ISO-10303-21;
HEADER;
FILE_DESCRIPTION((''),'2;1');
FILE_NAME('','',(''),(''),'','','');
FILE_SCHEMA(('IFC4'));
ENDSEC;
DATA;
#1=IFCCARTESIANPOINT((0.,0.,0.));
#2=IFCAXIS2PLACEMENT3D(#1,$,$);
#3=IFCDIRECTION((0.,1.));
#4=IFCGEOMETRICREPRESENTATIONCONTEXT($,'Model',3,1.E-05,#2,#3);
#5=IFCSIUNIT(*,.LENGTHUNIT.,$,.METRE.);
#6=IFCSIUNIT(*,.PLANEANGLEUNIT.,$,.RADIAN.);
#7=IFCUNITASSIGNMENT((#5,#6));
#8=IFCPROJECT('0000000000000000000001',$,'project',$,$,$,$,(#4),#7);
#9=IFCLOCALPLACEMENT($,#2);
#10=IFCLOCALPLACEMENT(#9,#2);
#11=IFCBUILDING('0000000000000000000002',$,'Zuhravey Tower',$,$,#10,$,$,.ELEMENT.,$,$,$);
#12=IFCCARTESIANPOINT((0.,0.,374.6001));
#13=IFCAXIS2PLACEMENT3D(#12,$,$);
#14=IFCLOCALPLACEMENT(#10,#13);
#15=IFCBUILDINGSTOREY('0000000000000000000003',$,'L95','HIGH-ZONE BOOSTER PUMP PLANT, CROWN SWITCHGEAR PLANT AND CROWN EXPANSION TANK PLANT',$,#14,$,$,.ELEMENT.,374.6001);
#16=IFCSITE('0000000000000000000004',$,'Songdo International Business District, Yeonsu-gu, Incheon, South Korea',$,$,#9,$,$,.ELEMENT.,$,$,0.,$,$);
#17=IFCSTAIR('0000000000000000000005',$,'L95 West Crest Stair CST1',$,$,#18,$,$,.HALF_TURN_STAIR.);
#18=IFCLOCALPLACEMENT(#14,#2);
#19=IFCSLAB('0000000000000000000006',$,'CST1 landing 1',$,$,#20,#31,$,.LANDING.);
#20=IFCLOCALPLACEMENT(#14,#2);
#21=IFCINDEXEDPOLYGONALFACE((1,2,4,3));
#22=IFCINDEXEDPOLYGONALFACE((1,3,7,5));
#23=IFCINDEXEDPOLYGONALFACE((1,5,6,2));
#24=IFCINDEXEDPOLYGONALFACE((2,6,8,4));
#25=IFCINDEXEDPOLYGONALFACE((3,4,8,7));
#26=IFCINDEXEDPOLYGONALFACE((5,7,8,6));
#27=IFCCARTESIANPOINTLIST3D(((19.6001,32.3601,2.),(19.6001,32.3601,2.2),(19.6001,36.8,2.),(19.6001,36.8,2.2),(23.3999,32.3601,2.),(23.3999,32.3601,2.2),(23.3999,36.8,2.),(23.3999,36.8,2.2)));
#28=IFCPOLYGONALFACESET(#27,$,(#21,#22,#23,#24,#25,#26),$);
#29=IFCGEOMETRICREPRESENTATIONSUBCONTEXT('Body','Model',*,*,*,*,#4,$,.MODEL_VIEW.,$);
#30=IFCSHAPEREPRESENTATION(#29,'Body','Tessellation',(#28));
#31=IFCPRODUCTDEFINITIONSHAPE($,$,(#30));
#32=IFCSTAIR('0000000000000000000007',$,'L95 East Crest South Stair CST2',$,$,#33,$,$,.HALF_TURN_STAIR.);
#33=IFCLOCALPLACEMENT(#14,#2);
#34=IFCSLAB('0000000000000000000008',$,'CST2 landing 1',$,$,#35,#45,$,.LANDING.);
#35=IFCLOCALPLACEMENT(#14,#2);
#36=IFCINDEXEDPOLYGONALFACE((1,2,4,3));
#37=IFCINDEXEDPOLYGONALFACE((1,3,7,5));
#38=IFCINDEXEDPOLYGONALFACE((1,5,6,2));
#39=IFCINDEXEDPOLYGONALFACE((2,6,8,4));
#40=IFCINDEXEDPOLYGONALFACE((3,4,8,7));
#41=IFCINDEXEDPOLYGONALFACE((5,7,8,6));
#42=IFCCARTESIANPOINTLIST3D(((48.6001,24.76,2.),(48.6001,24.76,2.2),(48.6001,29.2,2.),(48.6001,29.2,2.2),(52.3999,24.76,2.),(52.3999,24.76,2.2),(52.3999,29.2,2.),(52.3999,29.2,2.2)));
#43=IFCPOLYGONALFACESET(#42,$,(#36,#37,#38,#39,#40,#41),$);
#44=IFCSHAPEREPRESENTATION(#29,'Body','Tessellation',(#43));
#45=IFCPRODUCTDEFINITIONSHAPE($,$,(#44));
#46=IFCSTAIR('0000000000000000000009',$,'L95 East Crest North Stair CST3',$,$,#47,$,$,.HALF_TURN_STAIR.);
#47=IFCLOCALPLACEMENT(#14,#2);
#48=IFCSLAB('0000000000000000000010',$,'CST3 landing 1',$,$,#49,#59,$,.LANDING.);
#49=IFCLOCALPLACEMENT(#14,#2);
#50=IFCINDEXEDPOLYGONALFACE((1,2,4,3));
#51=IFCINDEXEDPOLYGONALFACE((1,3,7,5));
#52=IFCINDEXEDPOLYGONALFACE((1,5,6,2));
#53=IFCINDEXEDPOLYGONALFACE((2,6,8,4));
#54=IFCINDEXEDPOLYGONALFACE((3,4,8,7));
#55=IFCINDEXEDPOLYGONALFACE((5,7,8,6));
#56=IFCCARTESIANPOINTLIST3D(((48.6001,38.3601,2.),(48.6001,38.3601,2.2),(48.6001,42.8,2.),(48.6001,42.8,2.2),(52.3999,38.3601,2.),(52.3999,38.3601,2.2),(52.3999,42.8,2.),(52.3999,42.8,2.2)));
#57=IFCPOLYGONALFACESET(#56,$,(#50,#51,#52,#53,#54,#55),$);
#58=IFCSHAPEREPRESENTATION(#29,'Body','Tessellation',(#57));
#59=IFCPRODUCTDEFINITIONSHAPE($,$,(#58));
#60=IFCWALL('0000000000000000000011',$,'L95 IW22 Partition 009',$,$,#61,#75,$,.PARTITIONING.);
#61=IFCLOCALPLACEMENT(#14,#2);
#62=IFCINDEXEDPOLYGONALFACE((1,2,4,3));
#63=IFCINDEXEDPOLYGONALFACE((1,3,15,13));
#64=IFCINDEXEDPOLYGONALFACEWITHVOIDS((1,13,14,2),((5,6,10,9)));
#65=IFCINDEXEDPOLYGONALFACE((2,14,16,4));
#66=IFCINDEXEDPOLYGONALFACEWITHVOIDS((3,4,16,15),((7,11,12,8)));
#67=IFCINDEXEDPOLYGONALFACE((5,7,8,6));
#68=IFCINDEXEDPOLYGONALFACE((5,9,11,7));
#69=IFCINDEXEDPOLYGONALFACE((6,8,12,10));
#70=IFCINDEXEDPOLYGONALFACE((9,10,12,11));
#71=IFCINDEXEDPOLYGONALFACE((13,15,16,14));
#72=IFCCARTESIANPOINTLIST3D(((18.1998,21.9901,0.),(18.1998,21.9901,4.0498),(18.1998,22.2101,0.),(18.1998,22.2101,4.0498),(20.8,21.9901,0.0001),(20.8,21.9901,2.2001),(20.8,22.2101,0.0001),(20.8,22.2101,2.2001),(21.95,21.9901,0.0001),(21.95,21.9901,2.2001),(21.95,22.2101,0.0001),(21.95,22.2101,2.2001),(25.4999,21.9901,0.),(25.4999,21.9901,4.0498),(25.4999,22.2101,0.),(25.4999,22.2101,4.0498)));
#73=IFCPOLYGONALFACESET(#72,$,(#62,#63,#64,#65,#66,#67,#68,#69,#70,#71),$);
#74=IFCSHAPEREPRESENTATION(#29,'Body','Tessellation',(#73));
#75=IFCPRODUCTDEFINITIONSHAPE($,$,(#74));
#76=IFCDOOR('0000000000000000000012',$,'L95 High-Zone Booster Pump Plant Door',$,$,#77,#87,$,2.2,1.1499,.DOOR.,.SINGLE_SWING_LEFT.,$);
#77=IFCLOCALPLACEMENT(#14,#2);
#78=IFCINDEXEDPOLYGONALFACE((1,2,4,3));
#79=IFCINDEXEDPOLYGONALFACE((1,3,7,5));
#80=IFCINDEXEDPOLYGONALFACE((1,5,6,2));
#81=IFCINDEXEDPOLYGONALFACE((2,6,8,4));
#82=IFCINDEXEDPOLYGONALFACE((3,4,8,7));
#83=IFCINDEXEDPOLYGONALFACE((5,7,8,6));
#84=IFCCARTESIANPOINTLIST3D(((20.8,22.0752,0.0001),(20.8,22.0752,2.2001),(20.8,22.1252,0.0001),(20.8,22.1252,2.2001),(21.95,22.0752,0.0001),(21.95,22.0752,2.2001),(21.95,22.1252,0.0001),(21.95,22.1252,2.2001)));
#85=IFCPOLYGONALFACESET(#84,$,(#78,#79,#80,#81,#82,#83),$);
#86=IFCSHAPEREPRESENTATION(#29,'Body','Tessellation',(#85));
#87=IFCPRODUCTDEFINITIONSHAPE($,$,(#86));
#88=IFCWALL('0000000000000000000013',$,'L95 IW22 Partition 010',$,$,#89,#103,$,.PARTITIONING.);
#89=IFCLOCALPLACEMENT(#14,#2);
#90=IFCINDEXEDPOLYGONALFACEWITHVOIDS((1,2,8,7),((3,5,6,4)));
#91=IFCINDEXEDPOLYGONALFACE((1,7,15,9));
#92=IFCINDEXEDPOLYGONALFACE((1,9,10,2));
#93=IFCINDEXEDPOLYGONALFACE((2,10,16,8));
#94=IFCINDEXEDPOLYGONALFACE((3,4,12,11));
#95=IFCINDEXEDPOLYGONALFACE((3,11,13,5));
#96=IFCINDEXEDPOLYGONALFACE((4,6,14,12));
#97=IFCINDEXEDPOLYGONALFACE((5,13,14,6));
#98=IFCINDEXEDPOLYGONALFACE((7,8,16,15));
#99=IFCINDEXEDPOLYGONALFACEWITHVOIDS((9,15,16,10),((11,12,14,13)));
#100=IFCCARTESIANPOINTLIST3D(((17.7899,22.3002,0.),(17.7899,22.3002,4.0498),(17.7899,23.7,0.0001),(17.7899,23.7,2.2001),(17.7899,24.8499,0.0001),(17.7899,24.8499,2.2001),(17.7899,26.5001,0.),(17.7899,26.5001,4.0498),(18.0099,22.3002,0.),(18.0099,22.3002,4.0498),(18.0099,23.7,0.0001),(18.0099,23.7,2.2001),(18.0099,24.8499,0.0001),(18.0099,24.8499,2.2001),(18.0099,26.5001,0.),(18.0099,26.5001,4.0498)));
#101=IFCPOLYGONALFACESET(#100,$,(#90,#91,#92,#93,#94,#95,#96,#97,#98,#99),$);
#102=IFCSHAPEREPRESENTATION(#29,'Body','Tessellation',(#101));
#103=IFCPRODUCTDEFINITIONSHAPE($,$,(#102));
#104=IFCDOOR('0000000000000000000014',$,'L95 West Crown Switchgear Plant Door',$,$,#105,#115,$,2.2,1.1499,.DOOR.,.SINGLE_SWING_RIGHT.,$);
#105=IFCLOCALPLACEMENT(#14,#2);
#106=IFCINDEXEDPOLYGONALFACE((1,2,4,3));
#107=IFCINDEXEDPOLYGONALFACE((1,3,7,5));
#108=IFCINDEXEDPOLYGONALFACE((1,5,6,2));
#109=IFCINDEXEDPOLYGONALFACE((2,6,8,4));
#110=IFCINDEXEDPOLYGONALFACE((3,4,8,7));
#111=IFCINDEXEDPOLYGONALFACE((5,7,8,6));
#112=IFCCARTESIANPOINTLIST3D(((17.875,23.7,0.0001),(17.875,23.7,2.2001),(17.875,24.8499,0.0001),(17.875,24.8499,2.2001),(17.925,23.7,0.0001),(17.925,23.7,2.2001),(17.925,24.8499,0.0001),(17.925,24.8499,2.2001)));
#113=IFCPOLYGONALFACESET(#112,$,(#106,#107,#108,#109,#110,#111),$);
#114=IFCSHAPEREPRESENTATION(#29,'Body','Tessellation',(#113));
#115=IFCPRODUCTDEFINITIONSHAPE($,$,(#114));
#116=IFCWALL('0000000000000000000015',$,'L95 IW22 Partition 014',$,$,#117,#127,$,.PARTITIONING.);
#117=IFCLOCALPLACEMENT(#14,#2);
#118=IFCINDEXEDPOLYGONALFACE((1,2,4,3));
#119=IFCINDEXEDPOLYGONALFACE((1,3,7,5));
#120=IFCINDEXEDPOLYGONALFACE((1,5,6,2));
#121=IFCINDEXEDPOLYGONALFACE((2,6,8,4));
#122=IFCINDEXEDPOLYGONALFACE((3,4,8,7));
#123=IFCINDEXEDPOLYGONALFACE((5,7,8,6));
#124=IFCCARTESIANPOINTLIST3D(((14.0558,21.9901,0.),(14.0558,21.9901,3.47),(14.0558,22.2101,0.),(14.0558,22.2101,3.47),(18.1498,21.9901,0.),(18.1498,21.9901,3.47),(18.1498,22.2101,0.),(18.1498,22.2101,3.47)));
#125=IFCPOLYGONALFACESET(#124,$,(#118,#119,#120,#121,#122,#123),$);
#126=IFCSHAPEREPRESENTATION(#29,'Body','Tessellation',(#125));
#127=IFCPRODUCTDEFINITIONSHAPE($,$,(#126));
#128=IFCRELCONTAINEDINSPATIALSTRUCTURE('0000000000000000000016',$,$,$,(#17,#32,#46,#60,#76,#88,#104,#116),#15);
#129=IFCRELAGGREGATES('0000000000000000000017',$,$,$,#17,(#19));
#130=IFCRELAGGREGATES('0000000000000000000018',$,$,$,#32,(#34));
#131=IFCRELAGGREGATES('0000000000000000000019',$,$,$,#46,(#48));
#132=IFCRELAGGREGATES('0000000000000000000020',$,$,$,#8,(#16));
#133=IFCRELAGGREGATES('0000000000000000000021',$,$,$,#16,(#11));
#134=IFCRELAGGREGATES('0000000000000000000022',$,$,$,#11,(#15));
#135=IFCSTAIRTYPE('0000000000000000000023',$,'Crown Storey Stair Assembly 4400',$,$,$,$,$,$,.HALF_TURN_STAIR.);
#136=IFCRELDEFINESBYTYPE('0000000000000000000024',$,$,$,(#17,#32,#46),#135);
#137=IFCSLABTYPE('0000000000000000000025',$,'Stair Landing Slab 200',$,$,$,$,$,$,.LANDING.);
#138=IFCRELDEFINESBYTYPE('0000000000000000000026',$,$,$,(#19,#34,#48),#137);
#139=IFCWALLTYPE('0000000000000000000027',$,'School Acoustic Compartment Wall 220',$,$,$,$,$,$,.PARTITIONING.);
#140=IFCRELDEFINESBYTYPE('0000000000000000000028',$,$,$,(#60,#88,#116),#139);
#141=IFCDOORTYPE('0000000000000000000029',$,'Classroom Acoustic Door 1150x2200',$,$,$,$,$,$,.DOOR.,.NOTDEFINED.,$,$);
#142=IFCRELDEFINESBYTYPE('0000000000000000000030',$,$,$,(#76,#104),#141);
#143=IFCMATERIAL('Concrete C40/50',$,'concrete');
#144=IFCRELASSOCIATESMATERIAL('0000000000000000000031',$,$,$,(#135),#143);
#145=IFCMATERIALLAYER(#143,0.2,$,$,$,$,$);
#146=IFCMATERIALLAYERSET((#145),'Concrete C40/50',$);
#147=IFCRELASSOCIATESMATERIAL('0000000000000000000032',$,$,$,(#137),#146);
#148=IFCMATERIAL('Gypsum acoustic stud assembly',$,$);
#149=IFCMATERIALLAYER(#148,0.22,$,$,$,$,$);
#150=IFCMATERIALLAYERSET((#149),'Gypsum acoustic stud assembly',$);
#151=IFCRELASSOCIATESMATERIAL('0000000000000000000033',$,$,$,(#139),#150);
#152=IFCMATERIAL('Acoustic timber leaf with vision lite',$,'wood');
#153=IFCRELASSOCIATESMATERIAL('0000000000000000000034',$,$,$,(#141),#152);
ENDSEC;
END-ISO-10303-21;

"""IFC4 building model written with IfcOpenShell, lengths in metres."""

from ifc_helpers import new_model, si_unit, direction, frame, frame_2d, origin, place, context, subcontext, project, spatial, polyline, rectangle, outline, extrude, material, layer, layer_set, type_object, element, fill, aggregate, save


model = new_model("IFC4")

# Units and contexts
model_context = context("Model", 3, precision=1e-05, world=origin(), true_north=direction((0.0, 1.0)))
body_context = subcontext(model_context, "Body", "Model", "MODEL_VIEW")
ifc_project = project(units=[si_unit("LENGTHUNIT", "METRE"), si_unit("PLANEANGLEUNIT", "RADIAN")], contexts=[model_context])

# Site, building, storey
site_placement = place(None, origin())
site = spatial("IfcSite", under=ifc_project, at=site_placement, Name="Songdo International Business District, Yeonsu-gu, Incheon, South Korea", CompositionType="ELEMENT", RefElevation=0.0)
building_placement = place(site_placement, origin())
building = spatial("IfcBuilding", under=site, at=building_placement, Name="Zuhravey Tower", CompositionType="ELEMENT")
storey_placement = place(building_placement, frame((0.0, 0.0, 374.6001)))
storey = spatial("IfcBuildingStorey", under=building, at=storey_placement, Name="L95", Description="HIGH-ZONE BOOSTER PUMP PLANT, CROWN SWITCHGEAR PLANT AND CROWN EXPANSION TANK PLANT", CompositionType="ELEMENT", Elevation=374.6001)

# Stairs, slabs
ifc_material_1 = material(Name="Concrete C40/50", Category="concrete")
stair_type = type_object("IfcStairType", Name="Crown Storey Stair Assembly 4400", PredefinedType="HALF_TURN_STAIR", material=ifc_material_1)
stair_1_placement = place(storey_placement, origin())
stair_1 = element("IfcStair", 1, at=stair_1_placement, inside=storey, type_object=stair_type, Name="L95 West Crest Stair CST1", PredefinedType="HALF_TURN_STAIR")
ifc_layer_1 = layer(ifc_material_1, 0.2)
ifc_layer_set_1 = layer_set([ifc_layer_1], Name="Concrete C40/50")
slab_type_1 = type_object("IfcSlabType", Name="Stair Landing Slab 200", PredefinedType="LANDING", material=ifc_layer_set_1)
slab_1_placement = place(storey_placement, frame((0.0, 0.0, 2.0)))
slab_1 = element("IfcSlab", 2, at=slab_1_placement, type_object=slab_type_1, Name="CST1 landing 1", PredefinedType="LANDING", context=body_context, shape_type="SweptSolid", body=[
    extrude(outline(polyline([(23.3999, 32.3601), (23.3999, 36.8), (19.6001, 36.8), (19.6001, 32.3601), (23.3999, 32.3601)])), origin(), (0.0, 0.0, 1.0), 0.2),
])
aggregate(stair_1, [slab_1])
stair_2_placement = place(storey_placement, origin())
stair_2 = element("IfcStair", 3, at=stair_2_placement, inside=storey, type_object=stair_type, Name="L95 East Crest South Stair CST2", PredefinedType="HALF_TURN_STAIR")
slab_2_placement = place(storey_placement, frame((0.0, 0.0, 2.0)))
slab_2 = element("IfcSlab", 4, at=slab_2_placement, type_object=slab_type_1, Name="CST2 landing 1", PredefinedType="LANDING", context=body_context, shape_type="SweptSolid", body=[
    extrude(outline(polyline([(52.3999, 24.76), (52.3999, 29.2), (48.6001, 29.2), (48.6001, 24.76), (52.3999, 24.76)])), origin(), (0.0, 0.0, 1.0), 0.2),
])
aggregate(stair_2, [slab_2])
stair_3_placement = place(storey_placement, origin())
stair_3 = element("IfcStair", 5, at=stair_3_placement, inside=storey, type_object=stair_type, Name="L95 East Crest North Stair CST3", PredefinedType="HALF_TURN_STAIR")
slab_3_placement = place(storey_placement, frame((0.0, 0.0, 2.0)))
slab_3 = element("IfcSlab", 6, at=slab_3_placement, type_object=slab_type_1, Name="CST3 landing 1", PredefinedType="LANDING", context=body_context, shape_type="SweptSolid", body=[
    extrude(outline(polyline([(52.3999, 38.3601), (52.3999, 42.8), (48.6001, 42.8), (48.6001, 38.3601), (52.3999, 38.3601)])), origin(), (0.0, 0.0, 1.0), 0.2),
])
aggregate(stair_3, [slab_3])

# Walls, openings, doors
ifc_material_2 = material(Name="Gypsum acoustic stud assembly")
ifc_layer_2 = layer(ifc_material_2, 0.22)
ifc_layer_set_2 = layer_set([ifc_layer_2], Name="Gypsum acoustic stud assembly")
wall_type = type_object("IfcWallType", Name="School Acoustic Compartment Wall 220", PredefinedType="PARTITIONING", material=ifc_layer_set_2)
wall_1_placement = place(storey_placement, frame((18.2, 22.1001, 0.0), z_axis=(0.0, 0.0, 1.0), x_axis=(1.0, 0.0, 0.0)))
wall_1 = element("IfcWall", 7, at=wall_1_placement, inside=storey, type_object=wall_type, Name="L95 IW22 Partition 009", PredefinedType="PARTITIONING", context=body_context, shape_type="SweptSolid", body=[
    extrude(rectangle(XDim=7.3, YDim=0.22, at=frame_2d((3.6499, 0.0))), origin(), (0.0, 0.0, 1.0), 4.0498),
])
opening_1_placement = place(wall_1_placement, frame((2.6001, 0.0, 0.0)))
opening_1 = element("IfcOpeningElement", 8, at=opening_1_placement, cuts=wall_1, PredefinedType="OPENING", context=body_context, shape_type="SweptSolid", body=[
    extrude(rectangle(XDim=1.1499, YDim=2.2, at=frame_2d((0.575, 1.1001))), frame((0.0, 0.1221, 0.0), z_axis=(0.0, -1.0, 0.0), x_axis=(1.0, 0.0, 0.0)), (0.0, 0.0, 1.0), 0.2439),
])
ifc_material_3 = material(Name="Acoustic timber leaf with vision lite", Category="wood")
door_type = type_object("IfcDoorType", Name="Classroom Acoustic Door 1150x2200", OperationType="NOTDEFINED", PredefinedType="DOOR", material=ifc_material_3)
door_1_placement = place(opening_1_placement, frame((1.1499, 0.0, 0.0), z_axis=(0.0, 0.0, 1.0), x_axis=(-1.0, 0.0, 0.0)))
door_1 = element("IfcDoor", 9, at=door_1_placement, inside=storey, type_object=door_type, Name="L95 High-Zone Booster Pump Plant Door", OperationType="SINGLE_SWING_LEFT", OverallHeight=2.2, OverallWidth=1.1499, PredefinedType="DOOR", context=body_context, shape_type="SweptSolid", body=[
    extrude(rectangle(XDim=1.1499, YDim=2.2, at=frame_2d((0.575, 1.1001))), frame((0.0, 0.0249, 0.0), z_axis=(0.0, -1.0, 0.0), x_axis=(1.0, 0.0, 0.0)), (0.0, 0.0, 1.0), 0.05),
])
fill(opening_1, door_1)
wall_2_placement = place(storey_placement, frame((17.8999, 22.3, 0.0), z_axis=(0.0, 0.0, 1.0), x_axis=(0.0, 1.0, 0.0)))
wall_2 = element("IfcWall", 10, at=wall_2_placement, inside=storey, type_object=wall_type, Name="L95 IW22 Partition 010", PredefinedType="PARTITIONING", context=body_context, shape_type="SweptSolid", body=[
    extrude(rectangle(XDim=4.2, YDim=0.22, at=frame_2d((2.1001, 0.0))), origin(), (0.0, 0.0, 1.0), 4.0498),
])
opening_2_placement = place(wall_2_placement, frame((1.3999, 0.0, 0.0)))
opening_2 = element("IfcOpeningElement", 11, at=opening_2_placement, cuts=wall_2, PredefinedType="OPENING", context=body_context, shape_type="SweptSolid", body=[
    extrude(rectangle(XDim=1.1499, YDim=2.2, at=frame_2d((0.575, 1.1001))), frame((0.0, 0.1221, 0.0), z_axis=(0.0, -1.0, 0.0), x_axis=(1.0, 0.0, 0.0)), (0.0, 0.0, 1.0), 0.2439),
])
door_2_placement = place(opening_2_placement, origin())
door_2 = element("IfcDoor", 12, at=door_2_placement, inside=storey, type_object=door_type, Name="L95 West Crown Switchgear Plant Door", OperationType="SINGLE_SWING_RIGHT", OverallHeight=2.2, OverallWidth=1.1499, PredefinedType="DOOR", context=body_context, shape_type="SweptSolid", body=[
    extrude(rectangle(XDim=1.1499, YDim=2.2, at=frame_2d((0.575, 1.1001))), frame((0.0, 0.0249, 0.0), z_axis=(0.0, -1.0, 0.0), x_axis=(1.0, 0.0, 0.0)), (0.0, 0.0, 1.0), 0.05),
])
fill(opening_2, door_2)

# Wall
wall_3_placement = place(storey_placement, frame((14.0559, 22.1001, 0.0), z_axis=(0.0, 0.0, 1.0), x_axis=(1.0, 0.0, 0.0)))
element("IfcWall", 13, at=wall_3_placement, inside=storey, type_object=wall_type, Name="L95 IW22 Partition 014", PredefinedType="PARTITIONING", context=body_context, shape_type="SweptSolid", body=[
    extrude(rectangle(XDim=4.094, YDim=0.22, at=frame_2d((2.0469, 0.0))), origin(), (0.0, 0.0, 1.0), 3.47),
])

save(model, "model.ifc")
